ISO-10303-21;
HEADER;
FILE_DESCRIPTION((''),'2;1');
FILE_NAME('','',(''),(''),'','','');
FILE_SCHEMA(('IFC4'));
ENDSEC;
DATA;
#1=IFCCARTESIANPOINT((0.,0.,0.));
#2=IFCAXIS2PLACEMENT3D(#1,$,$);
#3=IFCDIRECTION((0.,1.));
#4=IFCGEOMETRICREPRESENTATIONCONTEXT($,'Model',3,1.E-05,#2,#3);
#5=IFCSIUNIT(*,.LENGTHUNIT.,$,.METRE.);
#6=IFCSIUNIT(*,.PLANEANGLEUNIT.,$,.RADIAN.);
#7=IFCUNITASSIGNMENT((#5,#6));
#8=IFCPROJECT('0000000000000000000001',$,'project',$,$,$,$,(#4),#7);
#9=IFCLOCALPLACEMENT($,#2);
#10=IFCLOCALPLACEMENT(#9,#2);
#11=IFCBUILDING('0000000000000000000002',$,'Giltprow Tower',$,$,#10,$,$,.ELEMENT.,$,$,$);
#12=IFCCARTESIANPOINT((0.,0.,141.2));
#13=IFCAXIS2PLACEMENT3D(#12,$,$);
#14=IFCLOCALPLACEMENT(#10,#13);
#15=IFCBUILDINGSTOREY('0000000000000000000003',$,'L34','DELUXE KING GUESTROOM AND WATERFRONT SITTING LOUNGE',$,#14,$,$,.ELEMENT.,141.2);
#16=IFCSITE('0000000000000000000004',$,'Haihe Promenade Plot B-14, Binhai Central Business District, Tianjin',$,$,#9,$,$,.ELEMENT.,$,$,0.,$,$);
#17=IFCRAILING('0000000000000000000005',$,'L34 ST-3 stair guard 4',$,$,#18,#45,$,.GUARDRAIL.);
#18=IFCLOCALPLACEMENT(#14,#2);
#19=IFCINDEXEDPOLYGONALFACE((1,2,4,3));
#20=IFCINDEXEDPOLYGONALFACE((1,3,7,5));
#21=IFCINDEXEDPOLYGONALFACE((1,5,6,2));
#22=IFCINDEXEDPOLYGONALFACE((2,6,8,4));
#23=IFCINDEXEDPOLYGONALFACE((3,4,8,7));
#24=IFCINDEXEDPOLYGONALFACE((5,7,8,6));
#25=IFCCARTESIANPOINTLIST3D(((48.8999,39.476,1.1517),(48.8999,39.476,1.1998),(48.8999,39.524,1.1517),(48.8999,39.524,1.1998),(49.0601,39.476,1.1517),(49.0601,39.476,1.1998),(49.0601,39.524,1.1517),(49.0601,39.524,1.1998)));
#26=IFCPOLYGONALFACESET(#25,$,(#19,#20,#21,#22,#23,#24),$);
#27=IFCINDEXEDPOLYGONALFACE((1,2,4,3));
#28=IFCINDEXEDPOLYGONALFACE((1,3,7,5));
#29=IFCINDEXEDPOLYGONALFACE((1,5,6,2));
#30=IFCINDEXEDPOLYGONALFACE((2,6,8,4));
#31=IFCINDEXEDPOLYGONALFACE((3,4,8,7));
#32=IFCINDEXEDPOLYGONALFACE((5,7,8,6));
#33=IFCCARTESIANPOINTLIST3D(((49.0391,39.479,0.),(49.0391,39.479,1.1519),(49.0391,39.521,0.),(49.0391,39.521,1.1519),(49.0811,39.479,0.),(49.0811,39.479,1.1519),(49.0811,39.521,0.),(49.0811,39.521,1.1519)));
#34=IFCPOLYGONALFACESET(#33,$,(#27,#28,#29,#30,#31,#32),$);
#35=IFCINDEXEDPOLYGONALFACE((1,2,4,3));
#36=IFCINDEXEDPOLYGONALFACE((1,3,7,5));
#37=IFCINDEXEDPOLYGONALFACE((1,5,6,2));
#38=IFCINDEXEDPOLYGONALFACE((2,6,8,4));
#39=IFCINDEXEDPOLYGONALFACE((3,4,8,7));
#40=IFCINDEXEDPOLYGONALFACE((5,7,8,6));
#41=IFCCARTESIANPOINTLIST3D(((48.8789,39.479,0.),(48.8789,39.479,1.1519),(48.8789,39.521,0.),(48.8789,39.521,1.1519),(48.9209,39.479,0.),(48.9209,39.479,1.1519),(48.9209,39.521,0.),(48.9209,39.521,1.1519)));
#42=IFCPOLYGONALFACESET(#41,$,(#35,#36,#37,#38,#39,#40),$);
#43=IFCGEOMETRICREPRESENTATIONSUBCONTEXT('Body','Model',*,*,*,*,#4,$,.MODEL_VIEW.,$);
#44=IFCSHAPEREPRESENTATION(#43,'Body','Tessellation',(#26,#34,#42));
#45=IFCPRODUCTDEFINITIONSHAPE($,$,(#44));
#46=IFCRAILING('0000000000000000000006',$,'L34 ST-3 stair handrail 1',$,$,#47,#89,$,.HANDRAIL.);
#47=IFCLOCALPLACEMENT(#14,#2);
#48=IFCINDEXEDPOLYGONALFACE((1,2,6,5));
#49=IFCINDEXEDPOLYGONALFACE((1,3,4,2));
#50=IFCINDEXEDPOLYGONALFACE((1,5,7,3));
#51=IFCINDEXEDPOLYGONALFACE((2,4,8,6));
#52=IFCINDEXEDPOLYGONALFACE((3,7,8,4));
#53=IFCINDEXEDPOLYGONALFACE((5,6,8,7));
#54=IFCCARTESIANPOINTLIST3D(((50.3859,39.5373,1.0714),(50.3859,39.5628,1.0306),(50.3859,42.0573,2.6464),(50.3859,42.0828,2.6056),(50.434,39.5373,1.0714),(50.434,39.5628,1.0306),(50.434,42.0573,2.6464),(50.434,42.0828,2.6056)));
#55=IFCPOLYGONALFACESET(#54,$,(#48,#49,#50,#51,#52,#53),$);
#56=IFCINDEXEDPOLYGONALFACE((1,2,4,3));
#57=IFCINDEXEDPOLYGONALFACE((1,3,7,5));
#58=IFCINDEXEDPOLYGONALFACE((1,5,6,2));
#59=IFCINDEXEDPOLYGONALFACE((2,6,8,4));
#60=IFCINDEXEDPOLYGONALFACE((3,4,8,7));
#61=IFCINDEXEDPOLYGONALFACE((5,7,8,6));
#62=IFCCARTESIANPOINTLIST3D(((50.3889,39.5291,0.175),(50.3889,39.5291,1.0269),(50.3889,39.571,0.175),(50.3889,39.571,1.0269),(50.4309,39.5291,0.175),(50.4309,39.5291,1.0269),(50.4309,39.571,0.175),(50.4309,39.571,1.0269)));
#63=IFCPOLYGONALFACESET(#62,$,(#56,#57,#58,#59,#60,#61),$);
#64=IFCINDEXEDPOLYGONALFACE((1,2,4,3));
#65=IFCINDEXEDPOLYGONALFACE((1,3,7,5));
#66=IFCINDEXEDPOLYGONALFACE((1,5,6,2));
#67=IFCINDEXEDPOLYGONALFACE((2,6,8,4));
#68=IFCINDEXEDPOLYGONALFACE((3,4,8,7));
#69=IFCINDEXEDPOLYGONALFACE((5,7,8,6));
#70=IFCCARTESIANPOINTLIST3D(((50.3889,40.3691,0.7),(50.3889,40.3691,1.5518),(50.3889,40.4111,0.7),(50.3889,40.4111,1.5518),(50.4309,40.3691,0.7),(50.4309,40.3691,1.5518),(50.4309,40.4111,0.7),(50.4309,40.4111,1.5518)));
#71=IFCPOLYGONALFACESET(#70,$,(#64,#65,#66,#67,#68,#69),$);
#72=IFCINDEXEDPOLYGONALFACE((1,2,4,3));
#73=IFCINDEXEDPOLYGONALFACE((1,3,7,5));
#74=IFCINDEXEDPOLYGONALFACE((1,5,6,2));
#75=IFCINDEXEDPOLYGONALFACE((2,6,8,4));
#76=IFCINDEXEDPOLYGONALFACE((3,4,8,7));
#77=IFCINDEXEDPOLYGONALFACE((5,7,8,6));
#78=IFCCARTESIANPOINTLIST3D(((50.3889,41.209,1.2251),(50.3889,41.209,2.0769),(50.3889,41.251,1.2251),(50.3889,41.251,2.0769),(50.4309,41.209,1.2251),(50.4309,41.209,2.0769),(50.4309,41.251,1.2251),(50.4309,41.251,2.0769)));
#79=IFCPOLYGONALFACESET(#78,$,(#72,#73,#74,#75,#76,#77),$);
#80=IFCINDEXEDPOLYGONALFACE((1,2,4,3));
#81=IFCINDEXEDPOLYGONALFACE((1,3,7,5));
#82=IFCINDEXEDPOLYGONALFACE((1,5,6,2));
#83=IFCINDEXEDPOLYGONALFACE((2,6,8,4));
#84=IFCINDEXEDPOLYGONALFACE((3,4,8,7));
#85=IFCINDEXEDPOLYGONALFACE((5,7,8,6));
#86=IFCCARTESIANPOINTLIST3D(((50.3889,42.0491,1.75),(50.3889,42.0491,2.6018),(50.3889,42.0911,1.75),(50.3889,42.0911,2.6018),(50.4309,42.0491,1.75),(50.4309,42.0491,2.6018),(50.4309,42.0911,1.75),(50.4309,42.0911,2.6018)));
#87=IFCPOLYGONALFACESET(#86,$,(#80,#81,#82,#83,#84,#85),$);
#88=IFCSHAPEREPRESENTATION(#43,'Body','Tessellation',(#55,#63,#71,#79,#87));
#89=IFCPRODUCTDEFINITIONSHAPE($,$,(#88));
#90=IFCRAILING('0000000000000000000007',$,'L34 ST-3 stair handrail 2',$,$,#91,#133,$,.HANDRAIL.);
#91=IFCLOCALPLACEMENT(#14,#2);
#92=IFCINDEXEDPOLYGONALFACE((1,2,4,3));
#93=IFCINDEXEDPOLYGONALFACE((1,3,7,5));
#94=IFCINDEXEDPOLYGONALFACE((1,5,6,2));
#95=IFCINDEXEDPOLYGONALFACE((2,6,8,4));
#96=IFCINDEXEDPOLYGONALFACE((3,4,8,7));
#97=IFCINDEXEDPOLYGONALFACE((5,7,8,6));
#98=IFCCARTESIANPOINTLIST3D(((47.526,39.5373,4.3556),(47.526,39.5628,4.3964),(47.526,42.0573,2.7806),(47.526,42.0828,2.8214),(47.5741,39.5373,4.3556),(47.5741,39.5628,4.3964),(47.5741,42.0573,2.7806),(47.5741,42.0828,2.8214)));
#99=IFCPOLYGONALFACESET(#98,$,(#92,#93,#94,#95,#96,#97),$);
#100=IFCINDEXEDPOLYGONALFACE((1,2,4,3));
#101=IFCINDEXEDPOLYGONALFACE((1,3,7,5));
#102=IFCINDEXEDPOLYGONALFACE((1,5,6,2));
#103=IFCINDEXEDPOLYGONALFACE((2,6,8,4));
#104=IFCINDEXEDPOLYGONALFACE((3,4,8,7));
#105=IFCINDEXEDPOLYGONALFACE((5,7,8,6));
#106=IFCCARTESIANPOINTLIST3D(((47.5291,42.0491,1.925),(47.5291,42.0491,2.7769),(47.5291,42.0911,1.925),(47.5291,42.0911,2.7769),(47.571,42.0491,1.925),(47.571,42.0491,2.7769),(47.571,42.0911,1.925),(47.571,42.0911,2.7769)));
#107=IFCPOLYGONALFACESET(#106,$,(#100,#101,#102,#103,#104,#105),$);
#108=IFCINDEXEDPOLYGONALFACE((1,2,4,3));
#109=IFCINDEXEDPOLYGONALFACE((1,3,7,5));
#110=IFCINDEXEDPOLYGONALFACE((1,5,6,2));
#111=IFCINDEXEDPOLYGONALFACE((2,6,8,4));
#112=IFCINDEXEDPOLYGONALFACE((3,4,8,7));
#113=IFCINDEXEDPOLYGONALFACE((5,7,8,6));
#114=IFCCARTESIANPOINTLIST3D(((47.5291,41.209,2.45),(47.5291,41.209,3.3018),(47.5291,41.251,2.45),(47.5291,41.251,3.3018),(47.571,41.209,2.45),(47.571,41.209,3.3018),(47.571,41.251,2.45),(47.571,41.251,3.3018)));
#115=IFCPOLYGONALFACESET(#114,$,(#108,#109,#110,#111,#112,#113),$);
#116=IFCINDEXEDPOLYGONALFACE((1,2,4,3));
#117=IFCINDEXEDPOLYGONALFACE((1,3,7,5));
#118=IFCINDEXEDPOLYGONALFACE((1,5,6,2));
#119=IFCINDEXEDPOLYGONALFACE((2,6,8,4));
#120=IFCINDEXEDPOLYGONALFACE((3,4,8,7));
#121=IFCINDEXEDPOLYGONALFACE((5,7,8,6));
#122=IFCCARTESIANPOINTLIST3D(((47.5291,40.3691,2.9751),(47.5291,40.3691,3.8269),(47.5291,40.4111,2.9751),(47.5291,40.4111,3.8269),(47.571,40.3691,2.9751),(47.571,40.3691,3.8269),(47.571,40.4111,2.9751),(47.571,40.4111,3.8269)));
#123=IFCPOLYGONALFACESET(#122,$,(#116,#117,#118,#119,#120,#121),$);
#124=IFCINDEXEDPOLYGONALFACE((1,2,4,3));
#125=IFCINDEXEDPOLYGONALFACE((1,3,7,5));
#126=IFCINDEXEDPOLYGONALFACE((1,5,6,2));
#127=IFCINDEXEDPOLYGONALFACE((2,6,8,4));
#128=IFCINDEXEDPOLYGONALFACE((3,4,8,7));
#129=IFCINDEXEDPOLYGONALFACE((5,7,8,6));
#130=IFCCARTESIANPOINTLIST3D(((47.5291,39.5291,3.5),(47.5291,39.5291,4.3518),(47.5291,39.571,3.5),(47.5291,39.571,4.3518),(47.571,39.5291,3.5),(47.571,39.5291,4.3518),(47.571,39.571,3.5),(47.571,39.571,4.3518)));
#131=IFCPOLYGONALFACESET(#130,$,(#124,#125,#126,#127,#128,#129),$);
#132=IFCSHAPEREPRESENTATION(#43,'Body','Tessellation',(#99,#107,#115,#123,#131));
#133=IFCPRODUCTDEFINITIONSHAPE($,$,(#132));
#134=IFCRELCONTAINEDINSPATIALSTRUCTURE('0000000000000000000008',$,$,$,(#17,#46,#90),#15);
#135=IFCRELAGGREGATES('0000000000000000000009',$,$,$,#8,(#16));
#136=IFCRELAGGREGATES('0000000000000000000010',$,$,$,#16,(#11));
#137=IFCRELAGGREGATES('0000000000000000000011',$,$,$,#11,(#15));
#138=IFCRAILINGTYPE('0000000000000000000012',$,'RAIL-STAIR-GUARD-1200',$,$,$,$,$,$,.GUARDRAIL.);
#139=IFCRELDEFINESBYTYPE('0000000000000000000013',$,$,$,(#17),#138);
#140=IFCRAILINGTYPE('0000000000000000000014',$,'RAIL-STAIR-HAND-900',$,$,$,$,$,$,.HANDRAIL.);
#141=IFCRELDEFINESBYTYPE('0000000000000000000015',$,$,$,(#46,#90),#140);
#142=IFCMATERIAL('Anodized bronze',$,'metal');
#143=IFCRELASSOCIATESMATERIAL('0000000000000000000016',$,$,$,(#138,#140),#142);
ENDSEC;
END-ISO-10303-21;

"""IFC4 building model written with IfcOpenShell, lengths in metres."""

from ifc_helpers import new_model, si_unit, direction, frame, origin, origin_2d, place, context, subcontext, project, spatial, rectangle, extrude, material, type_object, element, save


model = new_model("IFC4")

# Units and contexts
model_context = context("Model", 3, precision=1e-05, world=origin(), true_north=direction((0.0, 1.0)))
body_context = subcontext(model_context, "Body", "Model", "MODEL_VIEW")
ifc_project = project(units=[si_unit("LENGTHUNIT", "METRE"), si_unit("PLANEANGLEUNIT", "RADIAN")], contexts=[model_context])

# Site, building, storey
site_placement = place(None, origin())
site = spatial("IfcSite", under=ifc_project, at=site_placement, Name="Haihe Promenade Plot B-14, Binhai Central Business District, Tianjin", CompositionType="ELEMENT", RefElevation=0.0)
building_placement = place(site_placement, origin())
building = spatial("IfcBuilding", under=site, at=building_placement, Name="Giltprow Tower", CompositionType="ELEMENT")
storey_placement = place(building_placement, frame((0.0, 0.0, 141.2)))
storey = spatial("IfcBuildingStorey", under=building, at=storey_placement, Name="L34", Description="DELUXE KING GUESTROOM AND WATERFRONT SITTING LOUNGE", CompositionType="ELEMENT", Elevation=141.2)

# Railings
ifc_material_1 = material(Name="Anodized bronze", Category="metal")
railing_type_1 = type_object("IfcRailingType", Name="RAIL-STAIR-GUARD-1200", PredefinedType="GUARDRAIL", material=ifc_material_1)
railing_1_placement = place(storey_placement, frame((49.0601, 39.5, 0.0)))
element("IfcRailing", 1, at=railing_1_placement, inside=storey, type_object=railing_type_1, Name="L34 ST-3 stair guard 4", PredefinedType="GUARDRAIL", context=body_context, shape_type="SweptSolid", body=[
    extrude(rectangle(XDim=0.0481, YDim=0.0481, at=origin_2d()), frame((0.0, 0.0, 1.1758), z_axis=(-1.0, 0.0, 0.0), x_axis=(0.0, -1.0, 0.0)), (0.0, 0.0, 1.0), 0.1602),
    extrude(rectangle(XDim=0.042, YDim=0.042, at=origin_2d()), origin(), (0.0, 0.0, 1.0), 1.1519),
    extrude(rectangle(XDim=0.042, YDim=0.042, at=origin_2d()), frame((-0.1602, 0.0, 0.0)), (0.0, 0.0, 1.0), 1.1519),
])
railing_type_2 = type_object("IfcRailingType", Name="RAIL-STAIR-HAND-900", PredefinedType="HANDRAIL", material=ifc_material_1)
railing_2_placement = place(storey_placement, frame((50.4099, 39.55, 0.175)))
element("IfcRailing", 2, at=railing_2_placement, inside=storey, type_object=railing_type_2, Name="L34 ST-3 stair handrail 1", PredefinedType="HANDRAIL", context=body_context, shape_type="SweptSolid", body=[
    extrude(rectangle(XDim=0.0481, YDim=0.0481, at=origin_2d()), frame((0.0, 0.0, 0.876), z_axis=(0.0, 0.848008, 0.529984), x_axis=(-1.0, 0.0, 0.0)), (0.0, 0.0, 1.0), 2.9717),
    extrude(rectangle(XDim=0.042, YDim=0.042, at=origin_2d()), origin(), (0.0, 0.0, 1.0), 0.8518),
    extrude(rectangle(XDim=0.042, YDim=0.042, at=origin_2d()), frame((0.0, 0.8401, 0.5249)), (0.0, 0.0, 1.0), 0.8518),
    extrude(rectangle(XDim=0.042, YDim=0.042, at=origin_2d()), frame((0.0, 1.6799, 1.05)), (0.0, 0.0, 1.0), 0.8518),
    extrude(rectangle(XDim=0.042, YDim=0.042, at=origin_2d()), frame((0.0, 2.52, 1.575)), (0.0, 0.0, 1.0), 0.8518),
])
railing_3_placement = place(storey_placement, frame((47.55, 42.0701, 1.925)))
element("IfcRailing", 3, at=railing_3_placement, inside=storey, type_object=railing_type_2, Name="L34 ST-3 stair handrail 2", PredefinedType="HANDRAIL", context=body_context, shape_type="SweptSolid", body=[
    extrude(rectangle(XDim=0.0481, YDim=0.0481, at=origin_2d()), frame((0.0, 0.0, 0.876), z_axis=(0.0, -0.848008, 0.529984), x_axis=(1.0, 0.0, 0.0)), (0.0, 0.0, 1.0), 2.9717),
    extrude(rectangle(XDim=0.042, YDim=0.042, at=origin_2d()), origin(), (0.0, 0.0, 1.0), 0.8518),
    extrude(rectangle(XDim=0.042, YDim=0.042, at=origin_2d()), frame((0.0, -0.8401, 0.5249)), (0.0, 0.0, 1.0), 0.8518),
    extrude(rectangle(XDim=0.042, YDim=0.042, at=origin_2d()), frame((0.0, -1.6799, 1.05)), (0.0, 0.0, 1.0), 0.8518),
    extrude(rectangle(XDim=0.042, YDim=0.042, at=origin_2d()), frame((0.0, -2.52, 1.575)), (0.0, 0.0, 1.0), 0.8518),
])

save(model, "model.ifc")
